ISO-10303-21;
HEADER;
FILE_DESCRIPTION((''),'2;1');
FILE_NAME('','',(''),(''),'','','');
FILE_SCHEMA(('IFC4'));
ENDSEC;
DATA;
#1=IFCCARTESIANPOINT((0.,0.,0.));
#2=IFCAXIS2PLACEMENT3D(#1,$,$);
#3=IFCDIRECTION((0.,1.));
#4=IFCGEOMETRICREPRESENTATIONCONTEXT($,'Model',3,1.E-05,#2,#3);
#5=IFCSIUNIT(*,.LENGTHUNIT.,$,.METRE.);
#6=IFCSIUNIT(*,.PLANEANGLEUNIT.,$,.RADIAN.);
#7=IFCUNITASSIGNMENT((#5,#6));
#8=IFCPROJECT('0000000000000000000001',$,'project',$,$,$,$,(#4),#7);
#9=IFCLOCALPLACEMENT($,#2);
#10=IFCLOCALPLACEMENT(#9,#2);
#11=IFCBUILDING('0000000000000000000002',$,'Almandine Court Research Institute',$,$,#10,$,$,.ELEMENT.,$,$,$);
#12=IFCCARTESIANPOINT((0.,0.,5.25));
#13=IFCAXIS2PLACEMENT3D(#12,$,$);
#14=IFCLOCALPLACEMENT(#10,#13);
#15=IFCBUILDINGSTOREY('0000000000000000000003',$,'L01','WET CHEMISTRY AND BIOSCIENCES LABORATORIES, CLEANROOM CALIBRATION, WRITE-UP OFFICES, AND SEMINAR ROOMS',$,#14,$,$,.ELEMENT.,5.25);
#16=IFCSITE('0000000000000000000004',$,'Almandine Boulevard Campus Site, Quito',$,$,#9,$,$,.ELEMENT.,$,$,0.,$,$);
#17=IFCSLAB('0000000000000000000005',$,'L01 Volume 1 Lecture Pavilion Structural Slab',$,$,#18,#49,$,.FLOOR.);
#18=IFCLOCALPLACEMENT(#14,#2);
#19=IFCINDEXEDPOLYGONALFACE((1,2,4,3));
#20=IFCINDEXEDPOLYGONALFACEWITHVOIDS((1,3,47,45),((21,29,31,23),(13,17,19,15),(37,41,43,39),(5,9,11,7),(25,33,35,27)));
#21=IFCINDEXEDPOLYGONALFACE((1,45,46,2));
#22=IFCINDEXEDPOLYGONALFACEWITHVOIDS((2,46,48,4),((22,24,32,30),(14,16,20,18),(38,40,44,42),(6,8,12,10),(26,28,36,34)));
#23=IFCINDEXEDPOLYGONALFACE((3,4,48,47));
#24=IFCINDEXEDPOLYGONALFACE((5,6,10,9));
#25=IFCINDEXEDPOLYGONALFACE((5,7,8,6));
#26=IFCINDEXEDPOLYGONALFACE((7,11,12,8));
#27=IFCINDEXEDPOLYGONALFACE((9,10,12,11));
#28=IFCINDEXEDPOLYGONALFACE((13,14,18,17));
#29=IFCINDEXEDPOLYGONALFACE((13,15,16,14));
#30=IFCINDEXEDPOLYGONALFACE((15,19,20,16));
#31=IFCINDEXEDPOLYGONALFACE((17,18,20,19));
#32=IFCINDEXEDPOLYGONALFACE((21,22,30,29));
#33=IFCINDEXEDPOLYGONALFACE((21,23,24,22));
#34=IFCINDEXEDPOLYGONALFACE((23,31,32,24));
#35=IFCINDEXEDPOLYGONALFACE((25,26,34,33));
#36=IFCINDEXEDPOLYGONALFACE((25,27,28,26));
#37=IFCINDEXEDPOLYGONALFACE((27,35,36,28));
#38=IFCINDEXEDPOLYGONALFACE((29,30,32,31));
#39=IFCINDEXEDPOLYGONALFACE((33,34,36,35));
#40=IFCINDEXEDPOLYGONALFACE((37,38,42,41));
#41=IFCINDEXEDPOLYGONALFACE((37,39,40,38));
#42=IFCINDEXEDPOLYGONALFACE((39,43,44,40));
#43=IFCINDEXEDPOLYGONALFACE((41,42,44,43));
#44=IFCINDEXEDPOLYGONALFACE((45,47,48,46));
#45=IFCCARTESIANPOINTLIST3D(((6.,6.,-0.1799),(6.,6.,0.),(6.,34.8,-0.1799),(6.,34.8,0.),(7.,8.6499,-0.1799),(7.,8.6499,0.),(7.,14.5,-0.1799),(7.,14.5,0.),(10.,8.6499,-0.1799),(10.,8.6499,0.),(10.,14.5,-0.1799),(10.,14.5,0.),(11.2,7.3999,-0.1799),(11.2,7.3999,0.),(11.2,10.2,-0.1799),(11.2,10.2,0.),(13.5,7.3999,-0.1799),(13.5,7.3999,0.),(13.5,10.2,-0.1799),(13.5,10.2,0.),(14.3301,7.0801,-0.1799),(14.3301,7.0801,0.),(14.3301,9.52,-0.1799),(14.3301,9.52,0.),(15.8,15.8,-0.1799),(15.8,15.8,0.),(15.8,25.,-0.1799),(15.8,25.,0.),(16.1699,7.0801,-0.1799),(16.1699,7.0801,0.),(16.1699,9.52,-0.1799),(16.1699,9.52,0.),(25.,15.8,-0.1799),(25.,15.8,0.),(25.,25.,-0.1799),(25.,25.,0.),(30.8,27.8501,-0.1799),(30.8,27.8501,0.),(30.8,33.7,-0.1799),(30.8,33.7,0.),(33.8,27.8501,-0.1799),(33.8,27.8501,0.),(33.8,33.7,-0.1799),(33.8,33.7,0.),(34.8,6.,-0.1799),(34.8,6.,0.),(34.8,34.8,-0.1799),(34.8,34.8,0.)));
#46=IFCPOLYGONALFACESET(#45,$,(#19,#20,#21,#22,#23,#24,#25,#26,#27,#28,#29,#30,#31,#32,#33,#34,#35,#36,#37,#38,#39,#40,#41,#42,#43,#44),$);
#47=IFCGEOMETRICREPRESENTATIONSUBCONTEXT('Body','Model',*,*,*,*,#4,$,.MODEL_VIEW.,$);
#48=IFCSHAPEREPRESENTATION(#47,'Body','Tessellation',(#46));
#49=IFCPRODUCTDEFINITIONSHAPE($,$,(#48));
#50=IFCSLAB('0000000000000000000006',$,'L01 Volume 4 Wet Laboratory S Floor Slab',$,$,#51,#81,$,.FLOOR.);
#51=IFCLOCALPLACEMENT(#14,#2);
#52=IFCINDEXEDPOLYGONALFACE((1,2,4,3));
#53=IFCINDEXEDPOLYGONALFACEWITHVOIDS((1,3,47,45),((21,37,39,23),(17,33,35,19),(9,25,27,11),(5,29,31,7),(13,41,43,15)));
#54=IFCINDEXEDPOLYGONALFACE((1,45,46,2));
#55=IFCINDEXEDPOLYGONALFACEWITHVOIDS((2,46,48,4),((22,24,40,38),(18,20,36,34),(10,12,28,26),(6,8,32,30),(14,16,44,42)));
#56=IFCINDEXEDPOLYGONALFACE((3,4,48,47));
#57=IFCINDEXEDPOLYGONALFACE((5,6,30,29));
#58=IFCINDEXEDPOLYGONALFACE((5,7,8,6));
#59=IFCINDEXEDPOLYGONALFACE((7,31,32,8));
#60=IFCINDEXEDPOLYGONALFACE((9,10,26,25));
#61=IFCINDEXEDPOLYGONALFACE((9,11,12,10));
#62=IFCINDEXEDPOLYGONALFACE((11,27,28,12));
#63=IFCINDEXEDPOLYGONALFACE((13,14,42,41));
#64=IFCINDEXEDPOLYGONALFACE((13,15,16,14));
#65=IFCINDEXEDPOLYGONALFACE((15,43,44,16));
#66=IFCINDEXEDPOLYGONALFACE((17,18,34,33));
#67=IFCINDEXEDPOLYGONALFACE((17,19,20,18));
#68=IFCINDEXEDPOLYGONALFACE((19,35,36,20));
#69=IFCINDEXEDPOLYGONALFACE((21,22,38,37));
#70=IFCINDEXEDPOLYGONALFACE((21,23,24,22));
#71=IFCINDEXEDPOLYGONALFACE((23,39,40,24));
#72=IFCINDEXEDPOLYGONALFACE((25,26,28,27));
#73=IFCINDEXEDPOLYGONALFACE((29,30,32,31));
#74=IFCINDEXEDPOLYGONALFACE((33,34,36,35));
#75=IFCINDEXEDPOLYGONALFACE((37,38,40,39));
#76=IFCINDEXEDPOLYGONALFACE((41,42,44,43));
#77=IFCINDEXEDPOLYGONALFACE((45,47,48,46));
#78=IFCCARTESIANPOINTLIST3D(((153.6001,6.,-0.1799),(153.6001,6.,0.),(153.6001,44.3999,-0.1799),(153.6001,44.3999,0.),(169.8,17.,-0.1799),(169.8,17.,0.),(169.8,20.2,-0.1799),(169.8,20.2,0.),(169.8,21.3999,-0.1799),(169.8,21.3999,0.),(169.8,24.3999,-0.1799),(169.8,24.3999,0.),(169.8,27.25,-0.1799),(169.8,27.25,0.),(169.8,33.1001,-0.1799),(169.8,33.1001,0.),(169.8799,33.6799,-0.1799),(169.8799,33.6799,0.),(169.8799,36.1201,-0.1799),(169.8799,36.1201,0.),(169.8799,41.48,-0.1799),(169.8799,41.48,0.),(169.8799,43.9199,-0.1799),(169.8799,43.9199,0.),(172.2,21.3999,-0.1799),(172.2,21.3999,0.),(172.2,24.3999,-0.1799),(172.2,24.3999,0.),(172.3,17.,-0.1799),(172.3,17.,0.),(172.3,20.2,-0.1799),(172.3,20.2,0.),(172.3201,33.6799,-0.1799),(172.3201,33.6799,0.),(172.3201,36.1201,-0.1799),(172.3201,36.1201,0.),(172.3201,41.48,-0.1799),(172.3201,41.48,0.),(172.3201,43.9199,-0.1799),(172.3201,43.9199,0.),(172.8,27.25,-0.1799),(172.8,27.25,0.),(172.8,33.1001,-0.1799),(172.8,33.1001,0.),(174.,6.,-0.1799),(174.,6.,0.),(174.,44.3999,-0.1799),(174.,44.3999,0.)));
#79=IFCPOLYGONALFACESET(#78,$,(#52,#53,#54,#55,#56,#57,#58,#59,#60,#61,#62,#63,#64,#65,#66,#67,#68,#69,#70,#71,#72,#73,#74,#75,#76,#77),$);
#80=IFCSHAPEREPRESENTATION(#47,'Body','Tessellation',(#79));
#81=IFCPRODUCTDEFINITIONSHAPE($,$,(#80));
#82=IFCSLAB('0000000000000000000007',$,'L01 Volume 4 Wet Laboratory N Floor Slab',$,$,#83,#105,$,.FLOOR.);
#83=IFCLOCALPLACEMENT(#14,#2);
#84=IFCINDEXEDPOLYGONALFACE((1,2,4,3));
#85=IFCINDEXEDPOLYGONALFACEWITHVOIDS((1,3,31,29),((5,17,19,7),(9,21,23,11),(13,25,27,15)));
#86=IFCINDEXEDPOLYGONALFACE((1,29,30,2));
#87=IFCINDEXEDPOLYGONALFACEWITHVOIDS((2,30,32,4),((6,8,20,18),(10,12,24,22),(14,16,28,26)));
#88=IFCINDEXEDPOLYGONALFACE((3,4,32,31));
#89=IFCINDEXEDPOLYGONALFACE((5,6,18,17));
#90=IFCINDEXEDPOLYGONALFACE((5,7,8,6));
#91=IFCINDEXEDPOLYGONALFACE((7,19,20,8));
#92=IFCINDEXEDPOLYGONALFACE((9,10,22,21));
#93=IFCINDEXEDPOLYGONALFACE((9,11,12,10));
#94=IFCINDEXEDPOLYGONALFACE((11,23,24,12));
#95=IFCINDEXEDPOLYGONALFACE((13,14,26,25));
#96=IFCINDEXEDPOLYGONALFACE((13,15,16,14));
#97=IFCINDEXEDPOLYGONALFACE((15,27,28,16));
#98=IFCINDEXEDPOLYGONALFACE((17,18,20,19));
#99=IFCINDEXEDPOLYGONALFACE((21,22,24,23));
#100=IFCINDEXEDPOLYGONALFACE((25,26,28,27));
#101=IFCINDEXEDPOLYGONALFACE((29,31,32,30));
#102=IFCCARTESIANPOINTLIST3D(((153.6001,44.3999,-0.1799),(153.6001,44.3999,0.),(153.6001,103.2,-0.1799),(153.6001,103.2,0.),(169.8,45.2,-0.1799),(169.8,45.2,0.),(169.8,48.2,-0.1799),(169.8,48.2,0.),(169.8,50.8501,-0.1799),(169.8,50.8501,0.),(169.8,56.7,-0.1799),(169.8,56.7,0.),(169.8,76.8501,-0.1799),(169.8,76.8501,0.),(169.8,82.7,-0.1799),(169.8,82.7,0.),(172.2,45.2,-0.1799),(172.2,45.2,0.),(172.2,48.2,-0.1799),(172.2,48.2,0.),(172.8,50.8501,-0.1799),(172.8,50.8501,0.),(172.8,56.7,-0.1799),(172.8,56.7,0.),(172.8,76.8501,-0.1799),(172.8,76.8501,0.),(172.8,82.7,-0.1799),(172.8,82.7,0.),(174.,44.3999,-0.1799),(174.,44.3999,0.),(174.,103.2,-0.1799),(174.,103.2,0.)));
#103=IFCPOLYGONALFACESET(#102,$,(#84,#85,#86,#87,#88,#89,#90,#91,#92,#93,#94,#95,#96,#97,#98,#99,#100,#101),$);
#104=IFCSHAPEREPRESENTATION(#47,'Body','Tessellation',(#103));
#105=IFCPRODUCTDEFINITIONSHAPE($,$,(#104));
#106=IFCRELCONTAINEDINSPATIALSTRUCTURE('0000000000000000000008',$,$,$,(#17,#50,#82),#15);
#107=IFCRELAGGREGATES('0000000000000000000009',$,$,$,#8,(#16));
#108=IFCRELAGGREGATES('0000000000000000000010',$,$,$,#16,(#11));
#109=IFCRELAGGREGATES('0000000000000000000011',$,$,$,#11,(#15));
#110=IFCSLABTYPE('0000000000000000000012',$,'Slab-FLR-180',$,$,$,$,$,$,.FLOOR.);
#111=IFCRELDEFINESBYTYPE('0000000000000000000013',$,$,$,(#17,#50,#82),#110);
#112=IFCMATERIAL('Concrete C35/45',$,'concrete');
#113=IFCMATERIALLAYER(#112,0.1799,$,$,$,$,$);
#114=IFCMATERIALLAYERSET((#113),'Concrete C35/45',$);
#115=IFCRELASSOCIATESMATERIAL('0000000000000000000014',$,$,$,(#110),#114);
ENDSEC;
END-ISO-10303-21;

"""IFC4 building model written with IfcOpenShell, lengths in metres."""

from ifc_helpers import new_model, si_unit, direction, frame, origin, place, context, subcontext, project, spatial, polyline, outline, extrude, material, layer, layer_set, type_object, element, save


model = new_model("IFC4")

# Units and contexts
model_context = context("Model", 3, precision=1e-05, world=origin(), true_north=direction((0.0, 1.0)))
body_context = subcontext(model_context, "Body", "Model", "MODEL_VIEW")
ifc_project = project(units=[si_unit("LENGTHUNIT", "METRE"), si_unit("PLANEANGLEUNIT", "RADIAN")], contexts=[model_context])

# Site, building, storey
site_placement = place(None, origin())
site = spatial("IfcSite", under=ifc_project, at=site_placement, Name="Almandine Boulevard Campus Site, Quito", CompositionType="ELEMENT", RefElevation=0.0)
building_placement = place(site_placement, origin())
building = spatial("IfcBuilding", under=site, at=building_placement, Name="Almandine Court Research Institute", CompositionType="ELEMENT")
storey_placement = place(building_placement, frame((0.0, 0.0, 5.25)))
storey = spatial("IfcBuildingStorey", under=building, at=storey_placement, Name="L01", Description="WET CHEMISTRY AND BIOSCIENCES LABORATORIES, CLEANROOM CALIBRATION, WRITE-UP OFFICES, AND SEMINAR ROOMS", CompositionType="ELEMENT", Elevation=5.25)

# Slabs
ifc_material_1 = material(Name="Concrete C35/45", Category="concrete")
ifc_layer_1 = layer(ifc_material_1, 0.1799)
ifc_layer_set_1 = layer_set([ifc_layer_1], Name="Concrete C35/45")
slab_type_1 = type_object("IfcSlabType", Name="Slab-FLR-180", PredefinedType="FLOOR", material=ifc_layer_set_1)
slab_1_placement = place(storey_placement, frame((0.0, 0.0, -0.1799)))
element("IfcSlab", 1, at=slab_1_placement, inside=storey, type_object=slab_type_1, Name="L01 Volume 1 Lecture Pavilion Structural Slab", PredefinedType="FLOOR", context=body_context, shape_type="SweptSolid", body=[
    extrude(outline(polyline([(6.0, 6.0), (34.8, 6.0), (34.8, 34.8), (6.0, 34.8), (6.0, 6.0)]), holes=[polyline([(10.0, 8.6499), (10.0, 14.5), (7.0, 14.5), (7.0, 8.6499), (10.0, 8.6499)]), polyline([(33.8, 27.8501), (33.8, 33.7), (30.8, 33.7), (30.8, 27.8501), (33.8, 27.8501)]), polyline([(11.2, 7.3999), (13.5, 7.3999), (13.5, 10.2), (11.2, 10.2), (11.2, 7.3999)]), polyline([(14.3301, 7.0801), (16.1699, 7.0801), (16.1699, 9.52), (14.3301, 9.52), (14.3301, 7.0801)]), polyline([(15.8, 15.8), (25.0, 15.8), (25.0, 25.0), (15.8, 25.0), (15.8, 15.8)])]), origin(), (0.0, 0.0, 1.0), 0.1799),
])
slab_2_placement = place(storey_placement, frame((0.0, 0.0, -0.1799)))
element("IfcSlab", 2, at=slab_2_placement, inside=storey, type_object=slab_type_1, Name="L01 Volume 4 Wet Laboratory S Floor Slab", PredefinedType="FLOOR", context=body_context, shape_type="SweptSolid", body=[
    extrude(outline(polyline([(153.6001, 6.0), (174.0, 6.0), (174.0, 44.3999), (153.6001, 44.3999), (153.6001, 6.0)]), holes=[polyline([(172.8, 27.25), (172.8, 33.1001), (169.8, 33.1001), (169.8, 27.25), (172.8, 27.25)]), polyline([(169.8, 21.3999), (172.2, 21.3999), (172.2, 24.3999), (169.8, 24.3999), (169.8, 21.3999)]), polyline([(169.8, 17.0), (172.3, 17.0), (172.3, 20.2), (169.8, 20.2), (169.8, 17.0)]), polyline([(169.8799, 33.6799), (172.3201, 33.6799), (172.3201, 36.1201), (169.8799, 36.1201), (169.8799, 33.6799)]), polyline([(169.8799, 41.48), (172.3201, 41.48), (172.3201, 43.9199), (169.8799, 43.9199), (169.8799, 41.48)])]), origin(), (0.0, 0.0, 1.0), 0.1799),
])
slab_3_placement = place(storey_placement, frame((0.0, 0.0, -0.1799)))
element("IfcSlab", 3, at=slab_3_placement, inside=storey, type_object=slab_type_1, Name="L01 Volume 4 Wet Laboratory N Floor Slab", PredefinedType="FLOOR", context=body_context, shape_type="SweptSolid", body=[
    extrude(outline(polyline([(153.6001, 44.3999), (174.0, 44.3999), (174.0, 103.2), (153.6001, 103.2), (153.6001, 44.3999)]), holes=[polyline([(172.8, 50.8501), (172.8, 56.7), (169.8, 56.7), (169.8, 50.8501), (172.8, 50.8501)]), polyline([(172.8, 76.8501), (172.8, 82.7), (169.8, 82.7), (169.8, 76.8501), (172.8, 76.8501)]), polyline([(169.8, 45.2), (172.2, 45.2), (172.2, 48.2), (169.8, 48.2), (169.8, 45.2)])]), origin(), (0.0, 0.0, 1.0), 0.1799),
])

save(model, "model.ifc")
